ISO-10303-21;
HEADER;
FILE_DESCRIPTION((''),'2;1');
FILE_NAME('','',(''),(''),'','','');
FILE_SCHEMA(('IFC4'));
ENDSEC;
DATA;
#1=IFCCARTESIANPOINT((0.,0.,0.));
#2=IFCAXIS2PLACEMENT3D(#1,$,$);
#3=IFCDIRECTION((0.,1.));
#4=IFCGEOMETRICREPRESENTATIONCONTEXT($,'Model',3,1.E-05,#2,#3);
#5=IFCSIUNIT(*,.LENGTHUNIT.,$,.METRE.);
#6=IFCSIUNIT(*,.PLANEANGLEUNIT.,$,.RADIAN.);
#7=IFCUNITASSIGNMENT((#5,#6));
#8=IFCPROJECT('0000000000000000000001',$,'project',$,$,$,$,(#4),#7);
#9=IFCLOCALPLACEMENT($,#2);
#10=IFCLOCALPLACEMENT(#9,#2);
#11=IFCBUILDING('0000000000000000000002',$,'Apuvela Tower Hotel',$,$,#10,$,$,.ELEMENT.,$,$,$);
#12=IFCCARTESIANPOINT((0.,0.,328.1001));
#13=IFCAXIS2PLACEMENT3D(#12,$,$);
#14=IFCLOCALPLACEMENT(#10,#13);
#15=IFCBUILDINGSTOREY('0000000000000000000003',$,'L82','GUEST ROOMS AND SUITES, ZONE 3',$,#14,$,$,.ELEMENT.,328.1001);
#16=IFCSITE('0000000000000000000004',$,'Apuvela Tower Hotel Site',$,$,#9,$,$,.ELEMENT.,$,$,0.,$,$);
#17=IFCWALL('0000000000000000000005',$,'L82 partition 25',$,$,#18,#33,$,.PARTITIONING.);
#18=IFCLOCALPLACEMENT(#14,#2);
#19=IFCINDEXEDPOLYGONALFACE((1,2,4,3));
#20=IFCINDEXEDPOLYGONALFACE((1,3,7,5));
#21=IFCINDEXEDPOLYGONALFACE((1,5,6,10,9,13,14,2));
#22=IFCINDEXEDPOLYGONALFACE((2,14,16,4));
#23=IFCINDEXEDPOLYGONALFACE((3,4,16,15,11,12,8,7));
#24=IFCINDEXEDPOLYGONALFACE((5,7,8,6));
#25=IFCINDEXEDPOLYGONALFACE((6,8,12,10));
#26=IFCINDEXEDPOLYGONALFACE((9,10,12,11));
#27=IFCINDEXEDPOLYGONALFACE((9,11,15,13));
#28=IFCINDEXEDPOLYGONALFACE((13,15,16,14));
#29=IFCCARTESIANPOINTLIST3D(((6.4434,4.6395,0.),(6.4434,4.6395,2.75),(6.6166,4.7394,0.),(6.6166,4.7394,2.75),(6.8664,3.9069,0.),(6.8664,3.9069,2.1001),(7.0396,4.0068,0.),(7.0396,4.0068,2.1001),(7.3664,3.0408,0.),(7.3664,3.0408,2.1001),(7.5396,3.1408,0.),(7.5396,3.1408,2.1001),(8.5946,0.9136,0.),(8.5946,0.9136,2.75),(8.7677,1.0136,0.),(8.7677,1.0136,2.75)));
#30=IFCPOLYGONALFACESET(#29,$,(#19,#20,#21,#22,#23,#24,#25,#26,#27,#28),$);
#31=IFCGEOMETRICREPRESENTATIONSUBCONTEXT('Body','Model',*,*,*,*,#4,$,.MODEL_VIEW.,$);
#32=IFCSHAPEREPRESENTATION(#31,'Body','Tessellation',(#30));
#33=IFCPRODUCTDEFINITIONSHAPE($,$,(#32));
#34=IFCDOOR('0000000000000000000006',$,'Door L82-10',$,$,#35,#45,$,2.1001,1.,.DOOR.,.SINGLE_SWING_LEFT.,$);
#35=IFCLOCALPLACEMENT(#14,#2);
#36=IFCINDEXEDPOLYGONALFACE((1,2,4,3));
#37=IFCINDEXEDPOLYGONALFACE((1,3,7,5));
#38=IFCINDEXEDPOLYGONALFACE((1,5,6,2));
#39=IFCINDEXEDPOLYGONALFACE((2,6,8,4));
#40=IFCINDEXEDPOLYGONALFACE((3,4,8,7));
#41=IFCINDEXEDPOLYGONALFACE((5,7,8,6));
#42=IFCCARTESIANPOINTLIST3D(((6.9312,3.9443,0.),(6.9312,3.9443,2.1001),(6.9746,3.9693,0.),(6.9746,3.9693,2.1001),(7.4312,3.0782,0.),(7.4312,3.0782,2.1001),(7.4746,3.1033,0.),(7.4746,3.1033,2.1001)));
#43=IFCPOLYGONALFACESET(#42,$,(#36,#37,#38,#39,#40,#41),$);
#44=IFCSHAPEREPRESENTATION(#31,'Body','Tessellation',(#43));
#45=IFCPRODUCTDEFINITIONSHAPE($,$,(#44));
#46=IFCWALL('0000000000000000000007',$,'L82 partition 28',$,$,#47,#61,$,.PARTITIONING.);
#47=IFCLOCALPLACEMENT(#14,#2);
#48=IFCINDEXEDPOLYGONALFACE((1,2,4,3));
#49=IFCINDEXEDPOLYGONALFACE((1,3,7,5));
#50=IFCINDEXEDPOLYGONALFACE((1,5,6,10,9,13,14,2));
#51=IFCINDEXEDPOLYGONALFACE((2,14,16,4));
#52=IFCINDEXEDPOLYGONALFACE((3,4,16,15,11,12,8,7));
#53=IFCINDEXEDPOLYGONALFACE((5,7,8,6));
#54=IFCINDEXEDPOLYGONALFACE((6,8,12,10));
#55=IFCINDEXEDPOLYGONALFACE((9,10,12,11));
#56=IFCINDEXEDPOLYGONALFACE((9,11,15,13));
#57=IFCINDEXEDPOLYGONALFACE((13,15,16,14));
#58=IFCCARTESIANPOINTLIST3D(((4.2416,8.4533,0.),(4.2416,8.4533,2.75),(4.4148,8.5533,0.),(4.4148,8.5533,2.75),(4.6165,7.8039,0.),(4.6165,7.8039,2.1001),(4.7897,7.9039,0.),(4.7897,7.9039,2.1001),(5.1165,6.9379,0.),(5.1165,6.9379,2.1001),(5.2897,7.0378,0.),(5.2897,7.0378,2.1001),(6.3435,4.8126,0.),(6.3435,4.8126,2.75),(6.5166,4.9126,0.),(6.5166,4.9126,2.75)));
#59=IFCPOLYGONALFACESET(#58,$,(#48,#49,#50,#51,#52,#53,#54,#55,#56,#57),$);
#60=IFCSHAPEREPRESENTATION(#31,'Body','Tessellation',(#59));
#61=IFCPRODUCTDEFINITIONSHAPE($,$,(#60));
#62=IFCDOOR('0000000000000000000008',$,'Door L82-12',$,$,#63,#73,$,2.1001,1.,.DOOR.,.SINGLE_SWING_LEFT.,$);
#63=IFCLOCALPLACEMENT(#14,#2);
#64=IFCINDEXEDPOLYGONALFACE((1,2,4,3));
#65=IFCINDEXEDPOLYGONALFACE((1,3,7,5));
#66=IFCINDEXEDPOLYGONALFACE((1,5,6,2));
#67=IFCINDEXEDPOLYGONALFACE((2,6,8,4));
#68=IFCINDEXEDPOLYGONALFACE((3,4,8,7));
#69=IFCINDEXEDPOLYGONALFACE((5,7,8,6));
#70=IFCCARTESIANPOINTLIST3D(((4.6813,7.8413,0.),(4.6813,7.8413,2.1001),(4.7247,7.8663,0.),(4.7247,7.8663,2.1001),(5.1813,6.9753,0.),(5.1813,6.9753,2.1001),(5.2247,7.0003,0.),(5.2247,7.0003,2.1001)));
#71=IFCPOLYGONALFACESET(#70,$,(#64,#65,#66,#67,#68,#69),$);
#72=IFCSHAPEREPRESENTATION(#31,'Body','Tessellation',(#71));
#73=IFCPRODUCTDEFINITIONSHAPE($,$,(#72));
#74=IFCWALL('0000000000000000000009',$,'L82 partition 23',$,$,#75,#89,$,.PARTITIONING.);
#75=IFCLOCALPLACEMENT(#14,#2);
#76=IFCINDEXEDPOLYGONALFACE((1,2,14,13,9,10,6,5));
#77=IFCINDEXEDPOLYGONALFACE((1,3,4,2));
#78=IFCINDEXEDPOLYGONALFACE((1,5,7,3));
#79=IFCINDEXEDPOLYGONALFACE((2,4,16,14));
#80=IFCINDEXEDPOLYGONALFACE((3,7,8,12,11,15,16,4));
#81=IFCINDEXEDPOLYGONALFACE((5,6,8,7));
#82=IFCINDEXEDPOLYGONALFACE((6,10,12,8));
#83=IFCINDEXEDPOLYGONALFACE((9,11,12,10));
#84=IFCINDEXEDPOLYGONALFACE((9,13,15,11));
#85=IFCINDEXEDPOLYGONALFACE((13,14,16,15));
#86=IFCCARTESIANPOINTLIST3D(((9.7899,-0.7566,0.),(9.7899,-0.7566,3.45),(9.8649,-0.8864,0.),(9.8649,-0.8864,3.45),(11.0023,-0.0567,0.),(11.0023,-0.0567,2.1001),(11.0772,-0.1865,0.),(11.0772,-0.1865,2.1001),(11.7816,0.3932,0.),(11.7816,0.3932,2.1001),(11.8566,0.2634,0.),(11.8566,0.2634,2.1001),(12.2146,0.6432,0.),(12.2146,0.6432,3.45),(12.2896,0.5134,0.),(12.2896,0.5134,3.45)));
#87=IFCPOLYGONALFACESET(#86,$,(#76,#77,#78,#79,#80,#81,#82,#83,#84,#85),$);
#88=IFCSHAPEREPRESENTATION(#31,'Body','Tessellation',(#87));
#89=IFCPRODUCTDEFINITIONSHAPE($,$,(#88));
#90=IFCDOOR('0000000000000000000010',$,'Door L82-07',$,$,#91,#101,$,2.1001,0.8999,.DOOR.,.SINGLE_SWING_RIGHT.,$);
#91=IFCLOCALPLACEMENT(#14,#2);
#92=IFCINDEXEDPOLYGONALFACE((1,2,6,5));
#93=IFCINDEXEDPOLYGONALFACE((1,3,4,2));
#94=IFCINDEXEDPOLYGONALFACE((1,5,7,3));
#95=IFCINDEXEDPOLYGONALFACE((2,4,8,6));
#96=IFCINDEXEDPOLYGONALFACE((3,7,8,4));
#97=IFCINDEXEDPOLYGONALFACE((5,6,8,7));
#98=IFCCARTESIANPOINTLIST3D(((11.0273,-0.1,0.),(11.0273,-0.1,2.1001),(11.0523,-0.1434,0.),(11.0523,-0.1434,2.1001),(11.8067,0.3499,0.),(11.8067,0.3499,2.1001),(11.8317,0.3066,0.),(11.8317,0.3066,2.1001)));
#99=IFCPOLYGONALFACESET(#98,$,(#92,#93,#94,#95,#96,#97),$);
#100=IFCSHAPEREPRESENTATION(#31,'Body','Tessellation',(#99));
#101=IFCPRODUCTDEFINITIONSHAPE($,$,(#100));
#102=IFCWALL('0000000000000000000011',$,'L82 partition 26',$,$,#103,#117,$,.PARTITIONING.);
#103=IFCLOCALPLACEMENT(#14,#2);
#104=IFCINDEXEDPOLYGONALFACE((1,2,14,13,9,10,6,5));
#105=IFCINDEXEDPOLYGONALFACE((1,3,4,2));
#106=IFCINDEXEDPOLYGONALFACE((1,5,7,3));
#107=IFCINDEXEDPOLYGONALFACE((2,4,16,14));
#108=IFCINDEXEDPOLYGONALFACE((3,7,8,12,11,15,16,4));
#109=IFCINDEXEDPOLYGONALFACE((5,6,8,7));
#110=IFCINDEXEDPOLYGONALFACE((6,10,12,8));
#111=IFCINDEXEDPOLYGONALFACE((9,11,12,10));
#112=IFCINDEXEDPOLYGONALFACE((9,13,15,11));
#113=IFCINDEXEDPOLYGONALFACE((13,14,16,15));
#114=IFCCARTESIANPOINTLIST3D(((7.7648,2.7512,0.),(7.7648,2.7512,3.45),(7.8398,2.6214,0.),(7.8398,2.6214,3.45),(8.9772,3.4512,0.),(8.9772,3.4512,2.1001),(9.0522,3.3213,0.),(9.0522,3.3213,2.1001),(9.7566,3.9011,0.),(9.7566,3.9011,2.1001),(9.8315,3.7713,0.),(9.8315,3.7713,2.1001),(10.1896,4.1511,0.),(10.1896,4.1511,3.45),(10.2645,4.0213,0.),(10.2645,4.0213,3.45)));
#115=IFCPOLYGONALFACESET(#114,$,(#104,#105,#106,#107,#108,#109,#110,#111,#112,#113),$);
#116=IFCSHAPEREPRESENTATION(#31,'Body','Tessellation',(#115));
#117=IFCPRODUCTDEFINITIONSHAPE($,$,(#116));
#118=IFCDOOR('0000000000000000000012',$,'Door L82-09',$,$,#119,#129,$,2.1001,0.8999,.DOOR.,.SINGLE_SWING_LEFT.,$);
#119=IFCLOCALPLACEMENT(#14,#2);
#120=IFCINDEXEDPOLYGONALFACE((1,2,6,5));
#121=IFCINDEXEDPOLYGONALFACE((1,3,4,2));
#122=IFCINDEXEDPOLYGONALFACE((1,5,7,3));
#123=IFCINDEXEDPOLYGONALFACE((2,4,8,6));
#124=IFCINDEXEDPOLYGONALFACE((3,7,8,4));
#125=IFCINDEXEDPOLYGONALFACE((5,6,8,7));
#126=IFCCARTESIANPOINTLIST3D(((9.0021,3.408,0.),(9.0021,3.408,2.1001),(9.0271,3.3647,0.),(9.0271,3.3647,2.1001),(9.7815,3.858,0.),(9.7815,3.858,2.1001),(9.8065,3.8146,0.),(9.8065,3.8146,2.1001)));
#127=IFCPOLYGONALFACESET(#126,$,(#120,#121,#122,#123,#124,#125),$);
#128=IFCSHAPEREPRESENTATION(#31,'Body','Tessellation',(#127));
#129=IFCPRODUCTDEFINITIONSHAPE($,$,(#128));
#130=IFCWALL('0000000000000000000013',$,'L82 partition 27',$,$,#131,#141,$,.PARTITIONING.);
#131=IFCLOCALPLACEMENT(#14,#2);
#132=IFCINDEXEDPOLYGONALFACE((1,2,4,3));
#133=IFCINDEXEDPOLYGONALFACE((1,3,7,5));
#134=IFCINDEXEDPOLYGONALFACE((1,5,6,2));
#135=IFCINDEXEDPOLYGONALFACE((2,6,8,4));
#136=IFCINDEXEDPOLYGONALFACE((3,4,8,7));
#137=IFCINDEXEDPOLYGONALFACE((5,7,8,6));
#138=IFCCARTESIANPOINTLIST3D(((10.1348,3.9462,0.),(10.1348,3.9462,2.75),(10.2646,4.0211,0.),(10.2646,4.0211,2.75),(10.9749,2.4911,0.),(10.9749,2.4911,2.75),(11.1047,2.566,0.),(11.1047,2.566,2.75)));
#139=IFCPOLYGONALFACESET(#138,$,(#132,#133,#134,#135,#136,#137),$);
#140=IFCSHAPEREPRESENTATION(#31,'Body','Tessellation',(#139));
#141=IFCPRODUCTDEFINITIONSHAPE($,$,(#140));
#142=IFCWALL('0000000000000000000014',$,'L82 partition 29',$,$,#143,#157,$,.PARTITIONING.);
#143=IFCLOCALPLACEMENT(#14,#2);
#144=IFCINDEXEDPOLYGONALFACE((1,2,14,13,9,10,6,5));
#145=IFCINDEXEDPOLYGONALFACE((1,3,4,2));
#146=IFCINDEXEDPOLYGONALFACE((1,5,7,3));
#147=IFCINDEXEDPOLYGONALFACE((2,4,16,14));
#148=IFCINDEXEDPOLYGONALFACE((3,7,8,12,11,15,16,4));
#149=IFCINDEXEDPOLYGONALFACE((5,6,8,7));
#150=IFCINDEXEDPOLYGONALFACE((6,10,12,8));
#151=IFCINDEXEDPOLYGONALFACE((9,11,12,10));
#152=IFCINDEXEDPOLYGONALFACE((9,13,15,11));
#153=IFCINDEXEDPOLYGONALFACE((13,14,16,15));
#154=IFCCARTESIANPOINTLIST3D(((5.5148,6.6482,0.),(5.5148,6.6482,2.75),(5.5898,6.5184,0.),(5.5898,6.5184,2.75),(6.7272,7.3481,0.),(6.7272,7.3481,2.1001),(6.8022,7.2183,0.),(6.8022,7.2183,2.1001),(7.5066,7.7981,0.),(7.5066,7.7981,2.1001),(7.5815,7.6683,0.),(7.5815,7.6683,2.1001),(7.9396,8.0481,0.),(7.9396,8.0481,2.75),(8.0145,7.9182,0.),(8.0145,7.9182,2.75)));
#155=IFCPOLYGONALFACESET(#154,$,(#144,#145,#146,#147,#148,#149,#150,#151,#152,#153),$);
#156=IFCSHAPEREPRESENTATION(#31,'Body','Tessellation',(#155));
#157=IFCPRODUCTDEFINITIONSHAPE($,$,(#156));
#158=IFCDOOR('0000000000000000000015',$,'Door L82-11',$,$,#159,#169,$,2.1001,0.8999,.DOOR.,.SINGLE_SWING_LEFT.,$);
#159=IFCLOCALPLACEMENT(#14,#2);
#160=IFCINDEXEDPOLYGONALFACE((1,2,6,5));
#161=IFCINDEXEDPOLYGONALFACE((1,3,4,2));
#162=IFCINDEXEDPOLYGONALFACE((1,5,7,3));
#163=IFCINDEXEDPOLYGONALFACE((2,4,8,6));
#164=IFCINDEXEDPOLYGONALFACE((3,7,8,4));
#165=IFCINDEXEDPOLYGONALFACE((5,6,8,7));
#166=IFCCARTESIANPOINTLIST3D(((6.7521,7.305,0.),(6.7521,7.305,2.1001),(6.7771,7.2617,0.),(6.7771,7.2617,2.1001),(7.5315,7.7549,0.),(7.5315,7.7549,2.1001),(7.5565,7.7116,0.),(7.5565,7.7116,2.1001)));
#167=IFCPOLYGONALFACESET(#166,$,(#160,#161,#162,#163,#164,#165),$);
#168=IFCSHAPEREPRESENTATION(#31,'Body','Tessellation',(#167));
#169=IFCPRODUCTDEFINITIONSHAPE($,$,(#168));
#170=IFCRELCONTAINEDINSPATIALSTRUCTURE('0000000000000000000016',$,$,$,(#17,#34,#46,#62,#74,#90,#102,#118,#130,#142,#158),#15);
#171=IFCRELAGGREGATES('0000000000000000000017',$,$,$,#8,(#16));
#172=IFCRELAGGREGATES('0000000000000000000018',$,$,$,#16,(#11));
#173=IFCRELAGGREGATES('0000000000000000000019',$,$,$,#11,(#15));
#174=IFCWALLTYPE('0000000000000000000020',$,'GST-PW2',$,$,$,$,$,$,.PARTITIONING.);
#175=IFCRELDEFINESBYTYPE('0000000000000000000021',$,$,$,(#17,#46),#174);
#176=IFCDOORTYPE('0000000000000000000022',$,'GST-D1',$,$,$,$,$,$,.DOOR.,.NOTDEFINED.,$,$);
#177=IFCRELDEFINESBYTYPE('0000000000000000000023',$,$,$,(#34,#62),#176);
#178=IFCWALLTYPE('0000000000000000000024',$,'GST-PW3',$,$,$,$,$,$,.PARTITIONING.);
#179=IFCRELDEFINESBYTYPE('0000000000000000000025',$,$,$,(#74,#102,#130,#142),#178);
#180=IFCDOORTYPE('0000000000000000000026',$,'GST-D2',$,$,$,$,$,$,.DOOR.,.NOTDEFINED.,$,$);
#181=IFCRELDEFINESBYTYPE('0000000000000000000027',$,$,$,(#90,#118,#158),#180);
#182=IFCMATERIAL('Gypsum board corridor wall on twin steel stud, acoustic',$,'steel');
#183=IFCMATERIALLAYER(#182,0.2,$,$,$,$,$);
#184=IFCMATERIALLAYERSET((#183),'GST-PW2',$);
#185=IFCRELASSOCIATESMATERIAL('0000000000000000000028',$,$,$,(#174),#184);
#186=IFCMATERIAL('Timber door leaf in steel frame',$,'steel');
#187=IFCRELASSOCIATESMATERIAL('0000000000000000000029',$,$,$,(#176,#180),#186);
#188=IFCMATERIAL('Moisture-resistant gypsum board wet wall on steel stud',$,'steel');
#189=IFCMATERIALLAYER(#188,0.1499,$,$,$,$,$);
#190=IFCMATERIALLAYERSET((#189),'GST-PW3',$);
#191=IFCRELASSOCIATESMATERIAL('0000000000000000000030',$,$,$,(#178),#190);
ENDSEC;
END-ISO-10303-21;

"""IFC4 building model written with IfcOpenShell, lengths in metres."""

from ifc_helpers import new_model, si_unit, direction, frame, frame_2d, origin, place, context, subcontext, project, spatial, rectangle, extrude, material, layer, layer_set, type_object, element, fill, save


model = new_model("IFC4")

# Units and contexts
model_context = context("Model", 3, precision=1e-05, world=origin(), true_north=direction((0.0, 1.0)))
body_context = subcontext(model_context, "Body", "Model", "MODEL_VIEW")
ifc_project = project(units=[si_unit("LENGTHUNIT", "METRE"), si_unit("PLANEANGLEUNIT", "RADIAN")], contexts=[model_context])

# Site, building, storey
site_placement = place(None, origin())
site = spatial("IfcSite", under=ifc_project, at=site_placement, Name="Apuvela Tower Hotel Site", CompositionType="ELEMENT", RefElevation=0.0)
building_placement = place(site_placement, origin())
building = spatial("IfcBuilding", under=site, at=building_placement, Name="Apuvela Tower Hotel", CompositionType="ELEMENT")
storey_placement = place(building_placement, frame((0.0, 0.0, 328.1001)))
storey = spatial("IfcBuildingStorey", under=building, at=storey_placement, Name="L82", Description="GUEST ROOMS AND SUITES, ZONE 3", CompositionType="ELEMENT", Elevation=328.1001)

# Walls, openings, doors
ifc_material_1 = material(Name="Gypsum board corridor wall on twin steel stud, acoustic", Category="steel")
ifc_layer_1 = layer(ifc_material_1, 0.2)
ifc_layer_set_1 = layer_set([ifc_layer_1], Name="GST-PW2")
wall_type_1 = type_object("IfcWallType", Name="GST-PW2", PredefinedType="PARTITIONING", material=ifc_layer_set_1)
ifc_material_2 = material(Name="Timber door leaf in steel frame", Category="steel")
door_type_1 = type_object("IfcDoorType", Name="GST-D1", OperationType="NOTDEFINED", PredefinedType="DOOR", material=ifc_material_2)
wall_1_placement = place(storey_placement, frame((6.53, 4.6895, 0.0), z_axis=(0.0, 0.0, 1.0), x_axis=(0.500002, -0.866024, 0.0)))
wall_1 = element("IfcWall", 1, at=wall_1_placement, inside=storey, type_object=wall_type_1, Name="L82 partition 25", PredefinedType="PARTITIONING", context=body_context, shape_type="SweptSolid", body=[
    extrude(rectangle(XDim=4.3022, YDim=0.2, at=frame_2d((2.1511, 0.0))), origin(), (0.0, 0.0, 1.0), 2.75),
])
opening_1_placement = place(wall_1_placement, frame((0.8459, 0.0, 0.0)))
opening_1 = element("IfcOpeningElement", 2, at=opening_1_placement, cuts=wall_1, PredefinedType="OPENING", context=body_context, shape_type="SweptSolid", body=[
    extrude(rectangle(XDim=1.0, YDim=2.1001, at=frame_2d((0.5, 1.05))), frame((0.0, 0.1099, 0.0), z_axis=(0.0, -1.0, 0.0), x_axis=(1.0, 0.0, 0.0)), (0.0, 0.0, 1.0), 0.22),
])
door_1_placement = place(opening_1_placement, origin())
door_1 = element("IfcDoor", 3, at=door_1_placement, inside=storey, type_object=door_type_1, Name="Door L82-10", OperationType="SINGLE_SWING_LEFT", OverallHeight=2.1001, OverallWidth=1.0, PredefinedType="DOOR", context=body_context, shape_type="SweptSolid", body=[
    extrude(rectangle(XDim=1.0, YDim=2.1001, at=frame_2d((0.5, 1.05))), frame((0.0, 0.0249, 0.0), z_axis=(0.0, -1.0, 0.0), x_axis=(1.0, 0.0, 0.0)), (0.0, 0.0, 1.0), 0.05),
])
fill(opening_1, door_1)
wall_2_placement = place(storey_placement, frame((4.3281, 8.5034, 0.0), z_axis=(0.0, 0.0, 1.0), x_axis=(0.499981, -0.866037, 0.0)))
wall_2 = element("IfcWall", 4, at=wall_2_placement, inside=storey, type_object=wall_type_1, Name="L82 partition 28", PredefinedType="PARTITIONING", context=body_context, shape_type="SweptSolid", body=[
    extrude(rectangle(XDim=4.2039, YDim=0.2, at=frame_2d((2.1021, 0.0))), origin(), (0.0, 0.0, 1.0), 2.75),
])
opening_2_placement = place(wall_2_placement, frame((0.75, 0.0, 0.0)))
opening_2 = element("IfcOpeningElement", 5, at=opening_2_placement, cuts=wall_2, PredefinedType="OPENING", context=body_context, shape_type="SweptSolid", body=[
    extrude(rectangle(XDim=1.0, YDim=2.1001, at=frame_2d((0.5, 1.05))), frame((0.0, 0.1099, 0.0), z_axis=(0.0, -1.0, 0.0), x_axis=(1.0, 0.0, 0.0)), (0.0, 0.0, 1.0), 0.22),
])
door_2_placement = place(opening_2_placement, origin())
door_2 = element("IfcDoor", 6, at=door_2_placement, inside=storey, type_object=door_type_1, Name="Door L82-12", OperationType="SINGLE_SWING_LEFT", OverallHeight=2.1001, OverallWidth=1.0, PredefinedType="DOOR", context=body_context, shape_type="SweptSolid", body=[
    extrude(rectangle(XDim=1.0, YDim=2.1001, at=frame_2d((0.5, 1.05))), frame((0.0, 0.0249, 0.0), z_axis=(0.0, -1.0, 0.0), x_axis=(1.0, 0.0, 0.0)), (0.0, 0.0, 1.0), 0.05),
])
fill(opening_2, door_2)
ifc_material_3 = material(Name="Moisture-resistant gypsum board wet wall on steel stud", Category="steel")
ifc_layer_2 = layer(ifc_material_3, 0.1499)
ifc_layer_set_2 = layer_set([ifc_layer_2], Name="GST-PW3")
wall_type_2 = type_object("IfcWallType", Name="GST-PW3", PredefinedType="PARTITIONING", material=ifc_layer_set_2)
wall_3_placement = place(storey_placement, frame((9.8274, -0.8215, 0.0), z_axis=(0.0, 0.0, 1.0), x_axis=(0.866035, 0.499984, 0.0)))
wall_3 = element("IfcWall", 7, at=wall_3_placement, inside=storey, type_object=wall_type_2, Name="L82 partition 23", PredefinedType="PARTITIONING", context=body_context, shape_type="SweptSolid", body=[
    extrude(rectangle(XDim=2.7998, YDim=0.1499, at=frame_2d((1.3999, 0.0))), origin(), (0.0, 0.0, 1.0), 3.45),
])
opening_3_placement = place(wall_3_placement, frame((1.3999, 0.0, 0.0)))
opening_3 = element("IfcOpeningElement", 8, at=opening_3_placement, cuts=wall_3, PredefinedType="OPENING", context=body_context, shape_type="SweptSolid", body=[
    extrude(rectangle(XDim=0.8999, YDim=2.1001, at=frame_2d((0.45, 1.05))), frame((0.0, 0.085, 0.0), z_axis=(0.0, -1.0, 0.0), x_axis=(1.0, 0.0, 0.0)), (0.0, 0.0, 1.0), 0.1699),
])
door_type_2 = type_object("IfcDoorType", Name="GST-D2", OperationType="NOTDEFINED", PredefinedType="DOOR", material=ifc_material_2)
door_3_placement = place(opening_3_placement, origin())
door_3 = element("IfcDoor", 9, at=door_3_placement, inside=storey, type_object=door_type_2, Name="Door L82-07", OperationType="SINGLE_SWING_RIGHT", OverallHeight=2.1001, OverallWidth=0.8999, PredefinedType="DOOR", context=body_context, shape_type="SweptSolid", body=[
    extrude(rectangle(XDim=0.8999, YDim=2.1001, at=frame_2d((0.45, 1.05))), frame((0.0, 0.0249, 0.0), z_axis=(0.0, -1.0, 0.0), x_axis=(1.0, 0.0, 0.0)), (0.0, 0.0, 1.0), 0.05),
])
fill(opening_3, door_3)
wall_4_placement = place(storey_placement, frame((10.2271, 4.0862, 0.0), z_axis=(0.0, 0.0, 1.0), x_axis=(-0.866035, -0.499984, 0.0)))
wall_4 = element("IfcWall", 10, at=wall_4_placement, inside=storey, type_object=wall_type_2, Name="L82 partition 26", PredefinedType="PARTITIONING", context=body_context, shape_type="SweptSolid", body=[
    extrude(rectangle(XDim=2.7998, YDim=0.1499, at=frame_2d((1.3999, 0.0))), origin(), (0.0, 0.0, 1.0), 3.45),
])
opening_4_placement = place(wall_4_placement, frame((0.5, 0.0, 0.0)))
opening_4 = element("IfcOpeningElement", 11, at=opening_4_placement, cuts=wall_4, PredefinedType="OPENING", context=body_context, shape_type="SweptSolid", body=[
    extrude(rectangle(XDim=0.8999, YDim=2.1001, at=frame_2d((0.45, 1.05))), frame((0.0, 0.085, 0.0), z_axis=(0.0, -1.0, 0.0), x_axis=(1.0, 0.0, 0.0)), (0.0, 0.0, 1.0), 0.1699),
])
door_4_placement = place(opening_4_placement, origin())
door_4 = element("IfcDoor", 12, at=door_4_placement, inside=storey, type_object=door_type_2, Name="Door L82-09", OperationType="SINGLE_SWING_LEFT", OverallHeight=2.1001, OverallWidth=0.8999, PredefinedType="DOOR", context=body_context, shape_type="SweptSolid", body=[
    extrude(rectangle(XDim=0.8999, YDim=2.1001, at=frame_2d((0.45, 1.05))), frame((0.0, 0.0249, 0.0), z_axis=(0.0, -1.0, 0.0), x_axis=(1.0, 0.0, 0.0)), (0.0, 0.0, 1.0), 0.05),
])
fill(opening_4, door_4)

# Wall
wall_5_placement = place(storey_placement, frame((11.0398, 2.5286, 0.0), z_axis=(0.0, 0.0, 1.0), x_axis=(-0.499999, 0.866026, 0.0)))
element("IfcWall", 13, at=wall_5_placement, inside=storey, type_object=wall_type_2, Name="L82 partition 27", PredefinedType="PARTITIONING", context=body_context, shape_type="SweptSolid", body=[
    extrude(rectangle(XDim=1.6802, YDim=0.1499, at=frame_2d((0.8401, 0.0))), origin(), (0.0, 0.0, 1.0), 2.75),
])

# Wall, opening, door
wall_6_placement = place(storey_placement, frame((7.9771, 7.9832, 0.0), z_axis=(0.0, 0.0, 1.0), x_axis=(-0.866035, -0.499984, 0.0)))
wall_6 = element("IfcWall", 14, at=wall_6_placement, inside=storey, type_object=wall_type_2, Name="L82 partition 29", PredefinedType="PARTITIONING", context=body_context, shape_type="SweptSolid", body=[
    extrude(rectangle(XDim=2.7998, YDim=0.1499, at=frame_2d((1.3999, 0.0))), origin(), (0.0, 0.0, 1.0), 2.75),
])
opening_5_placement = place(wall_6_placement, frame((0.5, 0.0, 0.0)))
opening_5 = element("IfcOpeningElement", 15, at=opening_5_placement, cuts=wall_6, PredefinedType="OPENING", context=body_context, shape_type="SweptSolid", body=[
    extrude(rectangle(XDim=0.8999, YDim=2.1001, at=frame_2d((0.45, 1.05))), frame((0.0, 0.085, 0.0), z_axis=(0.0, -1.0, 0.0), x_axis=(1.0, 0.0, 0.0)), (0.0, 0.0, 1.0), 0.1699),
])
door_5_placement = place(opening_5_placement, origin())
door_5 = element("IfcDoor", 16, at=door_5_placement, inside=storey, type_object=door_type_2, Name="Door L82-11", OperationType="SINGLE_SWING_LEFT", OverallHeight=2.1001, OverallWidth=0.8999, PredefinedType="DOOR", context=body_context, shape_type="SweptSolid", body=[
    extrude(rectangle(XDim=0.8999, YDim=2.1001, at=frame_2d((0.45, 1.05))), frame((0.0, 0.0249, 0.0), z_axis=(0.0, -1.0, 0.0), x_axis=(1.0, 0.0, 0.0)), (0.0, 0.0, 1.0), 0.05),
])
fill(opening_5, door_5)

save(model, "model.ifc")
